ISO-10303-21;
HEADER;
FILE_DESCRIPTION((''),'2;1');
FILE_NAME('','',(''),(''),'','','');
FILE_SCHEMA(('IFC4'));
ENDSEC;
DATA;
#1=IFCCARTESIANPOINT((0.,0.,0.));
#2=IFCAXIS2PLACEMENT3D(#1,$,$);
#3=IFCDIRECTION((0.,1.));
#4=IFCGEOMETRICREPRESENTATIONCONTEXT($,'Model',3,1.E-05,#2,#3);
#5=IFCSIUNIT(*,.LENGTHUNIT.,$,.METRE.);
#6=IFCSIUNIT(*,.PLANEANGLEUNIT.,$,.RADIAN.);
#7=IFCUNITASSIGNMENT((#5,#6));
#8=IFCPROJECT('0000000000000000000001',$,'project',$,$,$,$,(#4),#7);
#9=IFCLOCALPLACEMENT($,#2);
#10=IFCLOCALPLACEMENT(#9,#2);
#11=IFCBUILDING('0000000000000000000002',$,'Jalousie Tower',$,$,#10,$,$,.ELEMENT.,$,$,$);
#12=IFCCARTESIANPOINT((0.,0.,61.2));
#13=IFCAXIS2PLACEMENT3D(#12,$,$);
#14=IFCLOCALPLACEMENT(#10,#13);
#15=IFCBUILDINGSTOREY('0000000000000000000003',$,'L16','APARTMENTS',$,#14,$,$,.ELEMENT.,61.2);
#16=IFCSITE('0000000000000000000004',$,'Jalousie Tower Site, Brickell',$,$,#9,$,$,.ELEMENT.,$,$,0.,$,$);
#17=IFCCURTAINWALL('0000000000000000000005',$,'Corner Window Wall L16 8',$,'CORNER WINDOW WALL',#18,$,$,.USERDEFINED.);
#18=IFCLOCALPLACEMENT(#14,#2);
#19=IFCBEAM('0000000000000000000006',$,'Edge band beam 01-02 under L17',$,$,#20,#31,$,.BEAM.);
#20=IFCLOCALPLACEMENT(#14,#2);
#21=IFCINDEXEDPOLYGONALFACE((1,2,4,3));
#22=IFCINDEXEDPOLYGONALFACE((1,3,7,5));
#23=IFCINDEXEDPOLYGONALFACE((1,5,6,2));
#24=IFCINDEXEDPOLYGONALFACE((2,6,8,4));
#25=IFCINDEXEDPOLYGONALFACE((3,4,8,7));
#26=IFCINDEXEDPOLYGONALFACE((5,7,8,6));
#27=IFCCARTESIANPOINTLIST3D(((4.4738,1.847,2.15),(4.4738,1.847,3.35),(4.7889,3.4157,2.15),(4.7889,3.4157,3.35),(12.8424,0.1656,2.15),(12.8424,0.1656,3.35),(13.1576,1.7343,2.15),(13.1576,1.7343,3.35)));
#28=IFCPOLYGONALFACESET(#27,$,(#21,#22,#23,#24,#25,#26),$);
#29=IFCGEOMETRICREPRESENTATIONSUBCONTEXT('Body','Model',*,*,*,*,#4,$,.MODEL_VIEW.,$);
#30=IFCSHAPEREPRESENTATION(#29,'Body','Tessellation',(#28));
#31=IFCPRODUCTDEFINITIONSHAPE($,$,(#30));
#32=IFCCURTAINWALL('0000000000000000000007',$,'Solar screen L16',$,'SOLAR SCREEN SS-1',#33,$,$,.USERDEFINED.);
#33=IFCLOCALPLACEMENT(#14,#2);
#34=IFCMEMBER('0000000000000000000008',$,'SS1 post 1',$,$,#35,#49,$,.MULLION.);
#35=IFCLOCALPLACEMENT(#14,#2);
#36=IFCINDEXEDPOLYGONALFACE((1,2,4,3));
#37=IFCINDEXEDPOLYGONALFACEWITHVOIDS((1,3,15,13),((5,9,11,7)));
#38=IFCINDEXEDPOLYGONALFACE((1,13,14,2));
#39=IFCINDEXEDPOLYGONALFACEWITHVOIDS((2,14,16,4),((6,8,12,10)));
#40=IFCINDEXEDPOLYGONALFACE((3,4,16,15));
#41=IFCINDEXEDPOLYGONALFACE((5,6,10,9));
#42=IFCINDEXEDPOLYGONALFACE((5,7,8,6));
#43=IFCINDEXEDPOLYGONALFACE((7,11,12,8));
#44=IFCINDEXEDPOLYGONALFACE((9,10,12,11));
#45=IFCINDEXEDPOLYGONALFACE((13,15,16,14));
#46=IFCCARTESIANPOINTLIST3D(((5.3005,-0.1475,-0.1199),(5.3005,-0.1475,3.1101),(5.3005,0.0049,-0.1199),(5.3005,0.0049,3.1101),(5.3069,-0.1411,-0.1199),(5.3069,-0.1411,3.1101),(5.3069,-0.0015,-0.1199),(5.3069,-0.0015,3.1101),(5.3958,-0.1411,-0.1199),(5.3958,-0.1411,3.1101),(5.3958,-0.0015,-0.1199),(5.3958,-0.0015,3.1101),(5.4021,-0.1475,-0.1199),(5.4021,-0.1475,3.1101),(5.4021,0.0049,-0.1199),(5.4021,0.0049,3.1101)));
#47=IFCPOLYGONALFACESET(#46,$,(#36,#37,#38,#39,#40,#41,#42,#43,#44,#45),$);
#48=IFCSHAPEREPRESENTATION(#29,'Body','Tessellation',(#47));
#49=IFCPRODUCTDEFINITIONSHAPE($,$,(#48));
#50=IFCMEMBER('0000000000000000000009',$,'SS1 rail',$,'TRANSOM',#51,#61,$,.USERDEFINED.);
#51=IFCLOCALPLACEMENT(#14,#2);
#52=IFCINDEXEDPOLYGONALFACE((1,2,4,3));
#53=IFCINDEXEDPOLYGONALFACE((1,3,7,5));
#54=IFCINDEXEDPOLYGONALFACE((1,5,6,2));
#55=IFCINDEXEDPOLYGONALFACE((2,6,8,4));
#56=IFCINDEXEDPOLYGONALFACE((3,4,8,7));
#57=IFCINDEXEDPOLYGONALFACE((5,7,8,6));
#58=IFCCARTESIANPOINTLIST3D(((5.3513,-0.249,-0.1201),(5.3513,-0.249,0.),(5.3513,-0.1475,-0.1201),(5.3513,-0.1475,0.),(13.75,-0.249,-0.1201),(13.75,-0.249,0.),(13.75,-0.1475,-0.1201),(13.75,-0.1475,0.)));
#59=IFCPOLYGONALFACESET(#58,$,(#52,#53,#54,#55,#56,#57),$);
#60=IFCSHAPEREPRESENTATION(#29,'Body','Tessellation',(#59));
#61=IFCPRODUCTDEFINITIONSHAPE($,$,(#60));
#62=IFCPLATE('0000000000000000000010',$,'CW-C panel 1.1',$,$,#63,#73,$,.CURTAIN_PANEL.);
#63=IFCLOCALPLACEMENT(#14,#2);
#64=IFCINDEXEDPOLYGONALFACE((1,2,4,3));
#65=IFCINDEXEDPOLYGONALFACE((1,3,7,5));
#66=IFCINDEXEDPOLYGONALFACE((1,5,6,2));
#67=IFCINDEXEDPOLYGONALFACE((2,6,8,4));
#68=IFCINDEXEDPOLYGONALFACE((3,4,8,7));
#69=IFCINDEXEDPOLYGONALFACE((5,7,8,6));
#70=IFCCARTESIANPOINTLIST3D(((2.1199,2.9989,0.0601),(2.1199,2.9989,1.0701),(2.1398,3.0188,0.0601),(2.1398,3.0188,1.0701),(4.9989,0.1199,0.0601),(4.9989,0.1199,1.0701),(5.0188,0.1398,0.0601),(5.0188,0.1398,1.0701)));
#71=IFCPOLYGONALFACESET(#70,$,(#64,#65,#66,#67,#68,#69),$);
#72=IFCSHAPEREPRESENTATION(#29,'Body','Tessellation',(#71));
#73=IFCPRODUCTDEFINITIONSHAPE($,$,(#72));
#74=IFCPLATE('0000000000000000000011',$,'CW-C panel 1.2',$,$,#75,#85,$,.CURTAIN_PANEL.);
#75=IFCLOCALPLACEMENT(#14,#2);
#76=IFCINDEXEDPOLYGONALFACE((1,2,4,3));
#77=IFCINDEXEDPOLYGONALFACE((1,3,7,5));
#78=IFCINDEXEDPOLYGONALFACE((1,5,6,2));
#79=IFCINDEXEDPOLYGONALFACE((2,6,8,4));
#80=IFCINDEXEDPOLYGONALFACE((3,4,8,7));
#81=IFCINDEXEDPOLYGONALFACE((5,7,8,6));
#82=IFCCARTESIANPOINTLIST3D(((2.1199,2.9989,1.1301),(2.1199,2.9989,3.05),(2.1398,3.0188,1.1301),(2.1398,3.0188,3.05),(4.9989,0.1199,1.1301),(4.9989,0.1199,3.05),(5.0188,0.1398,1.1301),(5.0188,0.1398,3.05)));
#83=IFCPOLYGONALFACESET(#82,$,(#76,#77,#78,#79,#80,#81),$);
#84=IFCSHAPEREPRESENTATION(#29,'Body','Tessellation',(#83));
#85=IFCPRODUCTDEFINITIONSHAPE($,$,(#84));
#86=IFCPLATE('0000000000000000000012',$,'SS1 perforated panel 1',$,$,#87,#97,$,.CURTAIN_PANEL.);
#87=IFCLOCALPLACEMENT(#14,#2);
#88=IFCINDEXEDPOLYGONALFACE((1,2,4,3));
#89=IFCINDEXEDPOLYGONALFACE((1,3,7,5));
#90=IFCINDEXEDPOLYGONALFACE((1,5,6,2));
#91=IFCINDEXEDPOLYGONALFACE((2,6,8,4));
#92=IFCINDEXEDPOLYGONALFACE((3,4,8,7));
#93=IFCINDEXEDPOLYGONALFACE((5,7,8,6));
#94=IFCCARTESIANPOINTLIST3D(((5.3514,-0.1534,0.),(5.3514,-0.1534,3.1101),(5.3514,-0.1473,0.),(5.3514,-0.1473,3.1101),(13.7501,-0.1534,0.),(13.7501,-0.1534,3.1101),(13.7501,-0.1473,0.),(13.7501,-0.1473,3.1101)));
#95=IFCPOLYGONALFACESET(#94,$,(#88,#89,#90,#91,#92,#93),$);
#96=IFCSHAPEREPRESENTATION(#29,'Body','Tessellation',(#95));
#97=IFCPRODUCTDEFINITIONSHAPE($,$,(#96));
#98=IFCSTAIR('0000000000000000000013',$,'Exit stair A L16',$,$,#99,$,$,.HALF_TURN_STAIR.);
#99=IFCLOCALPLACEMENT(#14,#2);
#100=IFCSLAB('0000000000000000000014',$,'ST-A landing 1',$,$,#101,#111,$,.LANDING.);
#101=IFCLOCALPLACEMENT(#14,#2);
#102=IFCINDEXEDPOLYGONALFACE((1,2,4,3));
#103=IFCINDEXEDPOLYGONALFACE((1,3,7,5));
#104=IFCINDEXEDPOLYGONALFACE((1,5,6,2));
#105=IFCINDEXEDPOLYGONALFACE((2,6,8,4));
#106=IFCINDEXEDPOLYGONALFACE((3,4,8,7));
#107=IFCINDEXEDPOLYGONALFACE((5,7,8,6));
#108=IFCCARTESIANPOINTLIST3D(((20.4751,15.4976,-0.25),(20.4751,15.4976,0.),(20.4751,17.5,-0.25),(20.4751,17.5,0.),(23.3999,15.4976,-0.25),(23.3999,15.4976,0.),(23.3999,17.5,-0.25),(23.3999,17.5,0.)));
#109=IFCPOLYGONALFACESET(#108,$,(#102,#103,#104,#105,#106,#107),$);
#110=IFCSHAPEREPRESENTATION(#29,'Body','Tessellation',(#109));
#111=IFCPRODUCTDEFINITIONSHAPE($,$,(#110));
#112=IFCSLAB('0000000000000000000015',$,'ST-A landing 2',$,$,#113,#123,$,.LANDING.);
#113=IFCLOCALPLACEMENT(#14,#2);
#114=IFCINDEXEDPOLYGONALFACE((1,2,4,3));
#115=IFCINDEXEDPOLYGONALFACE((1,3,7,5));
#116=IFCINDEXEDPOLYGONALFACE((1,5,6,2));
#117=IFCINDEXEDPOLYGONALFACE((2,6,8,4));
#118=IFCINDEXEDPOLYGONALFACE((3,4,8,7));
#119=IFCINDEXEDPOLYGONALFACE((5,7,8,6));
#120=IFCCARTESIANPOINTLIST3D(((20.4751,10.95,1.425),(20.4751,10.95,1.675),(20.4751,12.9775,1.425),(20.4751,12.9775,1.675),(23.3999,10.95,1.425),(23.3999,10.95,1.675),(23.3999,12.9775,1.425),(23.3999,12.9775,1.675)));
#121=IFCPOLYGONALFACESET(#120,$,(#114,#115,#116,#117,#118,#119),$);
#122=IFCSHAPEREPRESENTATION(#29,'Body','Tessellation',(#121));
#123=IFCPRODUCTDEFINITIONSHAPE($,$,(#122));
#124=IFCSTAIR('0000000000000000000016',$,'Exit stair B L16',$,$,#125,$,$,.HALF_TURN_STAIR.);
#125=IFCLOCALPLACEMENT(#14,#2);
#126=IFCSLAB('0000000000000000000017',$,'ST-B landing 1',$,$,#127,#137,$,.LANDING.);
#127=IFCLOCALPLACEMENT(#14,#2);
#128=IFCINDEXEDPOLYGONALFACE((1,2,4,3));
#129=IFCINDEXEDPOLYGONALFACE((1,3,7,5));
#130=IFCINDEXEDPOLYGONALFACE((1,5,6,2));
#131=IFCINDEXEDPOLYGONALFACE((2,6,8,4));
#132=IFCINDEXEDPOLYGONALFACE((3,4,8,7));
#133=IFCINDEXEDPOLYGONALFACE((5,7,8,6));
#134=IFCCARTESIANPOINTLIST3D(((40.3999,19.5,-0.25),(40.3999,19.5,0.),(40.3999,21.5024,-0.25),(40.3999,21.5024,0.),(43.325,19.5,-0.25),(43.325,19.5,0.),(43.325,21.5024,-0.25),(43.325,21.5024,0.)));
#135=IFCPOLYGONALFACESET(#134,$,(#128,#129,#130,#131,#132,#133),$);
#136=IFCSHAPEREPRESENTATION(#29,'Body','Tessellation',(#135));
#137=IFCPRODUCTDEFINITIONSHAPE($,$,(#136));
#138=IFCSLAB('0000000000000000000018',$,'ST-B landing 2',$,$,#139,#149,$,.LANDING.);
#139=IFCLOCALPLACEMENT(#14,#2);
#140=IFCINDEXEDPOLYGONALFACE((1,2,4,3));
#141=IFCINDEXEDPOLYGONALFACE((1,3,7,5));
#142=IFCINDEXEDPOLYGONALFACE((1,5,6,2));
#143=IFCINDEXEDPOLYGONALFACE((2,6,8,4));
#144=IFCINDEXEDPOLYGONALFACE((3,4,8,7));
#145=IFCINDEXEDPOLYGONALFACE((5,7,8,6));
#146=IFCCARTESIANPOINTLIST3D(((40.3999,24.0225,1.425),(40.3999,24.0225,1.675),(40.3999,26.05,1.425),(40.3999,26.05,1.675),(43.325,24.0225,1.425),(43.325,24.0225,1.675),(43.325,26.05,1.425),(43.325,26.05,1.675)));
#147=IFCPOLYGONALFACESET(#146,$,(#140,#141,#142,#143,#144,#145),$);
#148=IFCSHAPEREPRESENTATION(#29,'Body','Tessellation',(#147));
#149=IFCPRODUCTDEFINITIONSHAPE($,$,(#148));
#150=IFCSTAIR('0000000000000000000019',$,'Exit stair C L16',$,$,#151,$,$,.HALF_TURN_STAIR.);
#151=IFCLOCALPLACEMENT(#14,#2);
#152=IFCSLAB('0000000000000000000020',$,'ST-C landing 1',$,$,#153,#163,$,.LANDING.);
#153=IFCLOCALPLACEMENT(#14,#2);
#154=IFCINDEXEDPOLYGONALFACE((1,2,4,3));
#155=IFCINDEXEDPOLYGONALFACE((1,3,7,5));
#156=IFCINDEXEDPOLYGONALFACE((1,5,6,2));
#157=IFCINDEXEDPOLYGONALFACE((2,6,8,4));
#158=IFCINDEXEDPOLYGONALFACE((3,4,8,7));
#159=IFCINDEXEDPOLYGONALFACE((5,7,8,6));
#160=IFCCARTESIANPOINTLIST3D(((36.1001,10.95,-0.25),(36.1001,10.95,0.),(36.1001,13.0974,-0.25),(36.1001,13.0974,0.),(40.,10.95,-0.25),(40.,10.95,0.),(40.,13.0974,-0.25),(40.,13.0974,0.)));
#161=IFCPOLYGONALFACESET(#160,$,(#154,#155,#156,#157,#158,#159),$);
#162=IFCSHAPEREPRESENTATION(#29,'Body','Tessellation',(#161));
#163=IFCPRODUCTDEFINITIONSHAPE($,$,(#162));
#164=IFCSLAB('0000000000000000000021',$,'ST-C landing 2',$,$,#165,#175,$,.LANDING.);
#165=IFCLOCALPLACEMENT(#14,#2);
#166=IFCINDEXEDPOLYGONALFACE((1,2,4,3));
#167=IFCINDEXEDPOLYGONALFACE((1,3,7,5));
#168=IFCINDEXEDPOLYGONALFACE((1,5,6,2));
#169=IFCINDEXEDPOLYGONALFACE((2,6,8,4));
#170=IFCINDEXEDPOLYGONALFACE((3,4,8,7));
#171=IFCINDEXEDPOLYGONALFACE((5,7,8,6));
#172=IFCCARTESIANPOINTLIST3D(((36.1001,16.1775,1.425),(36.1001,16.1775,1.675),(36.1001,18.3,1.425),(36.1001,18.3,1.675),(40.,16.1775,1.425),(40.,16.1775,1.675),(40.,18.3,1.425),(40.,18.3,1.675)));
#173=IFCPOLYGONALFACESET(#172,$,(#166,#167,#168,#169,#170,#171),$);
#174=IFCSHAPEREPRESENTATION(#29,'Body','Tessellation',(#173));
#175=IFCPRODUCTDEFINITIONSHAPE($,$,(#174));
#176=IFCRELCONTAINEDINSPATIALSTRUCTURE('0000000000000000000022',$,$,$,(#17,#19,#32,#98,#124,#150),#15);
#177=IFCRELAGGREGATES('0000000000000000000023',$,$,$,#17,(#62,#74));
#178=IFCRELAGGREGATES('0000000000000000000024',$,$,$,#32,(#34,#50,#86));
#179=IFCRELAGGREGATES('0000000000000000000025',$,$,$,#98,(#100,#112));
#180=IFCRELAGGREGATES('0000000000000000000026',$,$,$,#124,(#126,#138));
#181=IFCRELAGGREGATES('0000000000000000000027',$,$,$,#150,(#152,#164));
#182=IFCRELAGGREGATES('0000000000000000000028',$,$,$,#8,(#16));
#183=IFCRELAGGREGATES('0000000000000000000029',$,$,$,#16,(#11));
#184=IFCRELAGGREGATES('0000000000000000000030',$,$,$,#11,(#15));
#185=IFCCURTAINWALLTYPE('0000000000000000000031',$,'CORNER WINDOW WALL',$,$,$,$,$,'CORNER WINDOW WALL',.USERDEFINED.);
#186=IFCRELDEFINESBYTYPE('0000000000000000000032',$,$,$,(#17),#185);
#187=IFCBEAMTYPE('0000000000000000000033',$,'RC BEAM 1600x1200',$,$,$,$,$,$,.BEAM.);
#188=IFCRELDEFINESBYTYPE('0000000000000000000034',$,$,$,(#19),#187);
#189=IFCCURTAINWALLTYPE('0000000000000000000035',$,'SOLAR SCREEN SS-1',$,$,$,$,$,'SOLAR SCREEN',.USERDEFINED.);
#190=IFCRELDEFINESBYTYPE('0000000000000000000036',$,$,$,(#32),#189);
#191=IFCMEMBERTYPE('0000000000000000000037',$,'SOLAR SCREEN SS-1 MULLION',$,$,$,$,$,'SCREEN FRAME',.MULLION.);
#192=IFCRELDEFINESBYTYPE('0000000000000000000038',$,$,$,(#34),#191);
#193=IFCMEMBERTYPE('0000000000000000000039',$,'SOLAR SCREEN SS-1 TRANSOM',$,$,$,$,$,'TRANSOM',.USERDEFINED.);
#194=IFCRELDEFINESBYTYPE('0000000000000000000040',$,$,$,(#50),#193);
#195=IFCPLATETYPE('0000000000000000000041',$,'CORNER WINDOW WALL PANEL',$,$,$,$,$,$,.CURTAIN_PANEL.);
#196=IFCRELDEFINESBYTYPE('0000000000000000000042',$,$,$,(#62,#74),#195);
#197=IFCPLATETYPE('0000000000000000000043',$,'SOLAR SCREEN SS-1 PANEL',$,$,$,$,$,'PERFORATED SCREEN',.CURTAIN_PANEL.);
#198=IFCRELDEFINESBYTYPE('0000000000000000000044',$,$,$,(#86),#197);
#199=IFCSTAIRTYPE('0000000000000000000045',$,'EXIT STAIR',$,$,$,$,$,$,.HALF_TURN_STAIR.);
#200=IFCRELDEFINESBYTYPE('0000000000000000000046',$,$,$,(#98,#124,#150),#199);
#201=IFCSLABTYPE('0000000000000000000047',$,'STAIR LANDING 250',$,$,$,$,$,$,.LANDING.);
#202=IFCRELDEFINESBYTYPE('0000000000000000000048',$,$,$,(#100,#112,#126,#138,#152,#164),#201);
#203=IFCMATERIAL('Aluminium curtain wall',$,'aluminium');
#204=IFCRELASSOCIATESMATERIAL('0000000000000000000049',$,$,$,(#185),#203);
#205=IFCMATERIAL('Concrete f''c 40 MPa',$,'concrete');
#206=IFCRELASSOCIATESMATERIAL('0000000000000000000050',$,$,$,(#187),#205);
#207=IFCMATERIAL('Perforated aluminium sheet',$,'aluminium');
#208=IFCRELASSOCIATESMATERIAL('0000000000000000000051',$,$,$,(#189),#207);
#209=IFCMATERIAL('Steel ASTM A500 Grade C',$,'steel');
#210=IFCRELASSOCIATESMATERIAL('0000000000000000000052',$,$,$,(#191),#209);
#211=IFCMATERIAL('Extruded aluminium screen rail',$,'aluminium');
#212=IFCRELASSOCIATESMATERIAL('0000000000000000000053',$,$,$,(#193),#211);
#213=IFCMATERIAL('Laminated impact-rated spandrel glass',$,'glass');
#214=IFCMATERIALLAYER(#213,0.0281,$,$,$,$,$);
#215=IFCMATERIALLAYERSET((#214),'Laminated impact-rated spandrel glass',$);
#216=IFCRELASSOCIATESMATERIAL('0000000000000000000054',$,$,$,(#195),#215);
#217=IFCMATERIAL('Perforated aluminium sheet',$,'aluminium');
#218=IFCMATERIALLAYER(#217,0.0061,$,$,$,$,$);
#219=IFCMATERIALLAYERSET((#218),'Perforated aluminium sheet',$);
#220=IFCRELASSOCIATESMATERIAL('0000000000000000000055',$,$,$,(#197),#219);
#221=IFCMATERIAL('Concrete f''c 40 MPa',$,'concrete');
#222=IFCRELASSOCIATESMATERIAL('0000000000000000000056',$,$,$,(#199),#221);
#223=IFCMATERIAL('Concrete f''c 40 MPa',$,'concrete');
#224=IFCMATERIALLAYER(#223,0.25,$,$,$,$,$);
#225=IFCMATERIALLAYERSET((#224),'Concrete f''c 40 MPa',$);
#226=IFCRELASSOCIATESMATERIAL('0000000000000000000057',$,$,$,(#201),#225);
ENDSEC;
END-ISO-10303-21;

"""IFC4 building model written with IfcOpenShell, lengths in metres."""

from ifc_helpers import new_model, si_unit, direction, frame, origin, origin_2d, place, context, subcontext, project, spatial, polyline, rectangle, hollow_rectangle, outline, extrude, material, layer, layer_set, material_profile, profile_set, type_object, element, aggregate, save


model = new_model("IFC4")

# Units and contexts
model_context = context("Model", 3, precision=1e-05, world=origin(), true_north=direction((0.0, 1.0)))
body_context = subcontext(model_context, "Body", "Model", "MODEL_VIEW")
ifc_project = project(units=[si_unit("LENGTHUNIT", "METRE"), si_unit("PLANEANGLEUNIT", "RADIAN")], contexts=[model_context])

# Site, building, storey
site_placement = place(None, origin())
site = spatial("IfcSite", under=ifc_project, at=site_placement, Name="Jalousie Tower Site, Brickell", CompositionType="ELEMENT", RefElevation=0.0)
building_placement = place(site_placement, origin())
building = spatial("IfcBuilding", under=site, at=building_placement, Name="Jalousie Tower", CompositionType="ELEMENT")
storey_placement = place(building_placement, frame((0.0, 0.0, 61.2)))
storey = spatial("IfcBuildingStorey", under=building, at=storey_placement, Name="L16", Description="APARTMENTS", CompositionType="ELEMENT", Elevation=61.2)

# Curtain wall
ifc_material_1 = material(Name="Aluminium curtain wall", Category="aluminium")
curtain_wall_type_1 = type_object("IfcCurtainWallType", Name="CORNER WINDOW WALL", ElementType="CORNER WINDOW WALL", PredefinedType="USERDEFINED", material=ifc_material_1)
curtain_wall_1_placement = place(storey_placement, origin())
curtain_wall_1 = element("IfcCurtainWall", 1, at=curtain_wall_1_placement, inside=storey, type_object=curtain_wall_type_1, Name="Corner Window Wall L16 8", ObjectType="CORNER WINDOW WALL", PredefinedType="USERDEFINED")

# Beam
ifc_material_2 = material(Name="Concrete f'c 40 MPa", Category="concrete")
ifc_material_profile_1 = material_profile(ifc_material_2, rectangle(XDim=1.6001, YDim=1.2, at=origin_2d()), Name="RC 1600x1200")
ifc_profile_set_1 = profile_set([ifc_material_profile_1], Name="Concrete f'c 40 MPa")
beam_type_1 = type_object("IfcBeamType", Name="RC BEAM 1600x1200", PredefinedType="BEAM", material=ifc_profile_set_1)
beam_1_placement = place(storey_placement, frame((4.6313, 2.6313, 2.75), z_axis=(0.980408, -0.19698, 0.0), x_axis=(0.19698, 0.980408, 0.0)))
element("IfcBeam", 2, at=beam_1_placement, inside=storey, type_object=beam_type_1, Name="Edge band beam 01-02 under L17", PredefinedType="BEAM", context=body_context, shape_type="SweptSolid", body=[
    extrude(rectangle(XDim=1.6001, YDim=1.2, at=origin_2d()), origin(), (0.0, 0.0, 1.0), 8.5359),
])

# Curtain wall, members
ifc_material_3 = material(Name="Perforated aluminium sheet", Category="aluminium")
curtain_wall_type_2 = type_object("IfcCurtainWallType", Name="SOLAR SCREEN SS-1", ElementType="SOLAR SCREEN", PredefinedType="USERDEFINED", material=ifc_material_3)
curtain_wall_2_placement = place(storey_placement, origin())
curtain_wall_2 = element("IfcCurtainWall", 3, at=curtain_wall_2_placement, inside=storey, type_object=curtain_wall_type_2, Name="Solar screen L16", ObjectType="SOLAR SCREEN SS-1", PredefinedType="USERDEFINED")
ifc_material_4 = material(Name="Steel ASTM A500 Grade C", Category="steel")
ifc_material_profile_2 = material_profile(ifc_material_4, hollow_rectangle(XDim=0.1016, YDim=0.1523, WallThickness=0.0063, at=origin_2d()), Name="HSS6X4X1/4")
ifc_profile_set_2 = profile_set([ifc_material_profile_2], Name="Steel ASTM A500 Grade C")
member_type_1 = type_object("IfcMemberType", Name="SOLAR SCREEN SS-1 MULLION", ElementType="SCREEN FRAME", PredefinedType="MULLION", material=ifc_profile_set_2)
member_1_placement = place(storey_placement, frame((5.3513, -0.0713, -0.1199), z_axis=(0.0, 0.0, 1.0), x_axis=(1.0, 0.0, 0.0)))
member_1 = element("IfcMember", 4, at=member_1_placement, type_object=member_type_1, Name="SS1 post 1", PredefinedType="MULLION", context=body_context, shape_type="SweptSolid", body=[
    extrude(hollow_rectangle(XDim=0.1016, YDim=0.1523, WallThickness=0.0063, at=origin_2d()), origin(), (0.0, 0.0, 1.0), 3.23),
])
ifc_material_5 = material(Name="Extruded aluminium screen rail", Category="aluminium")
ifc_material_profile_3 = material_profile(ifc_material_5, rectangle(XDim=0.1016, YDim=0.1201, at=origin_2d()), Name="RAIL 102x120")
ifc_profile_set_3 = profile_set([ifc_material_profile_3], Name="Extruded aluminium screen rail")
member_type_2 = type_object("IfcMemberType", Name="SOLAR SCREEN SS-1 TRANSOM", ElementType="TRANSOM", PredefinedType="USERDEFINED", material=ifc_profile_set_3)
member_2_placement = place(storey_placement, frame((5.3513, -0.1982, -0.0601), z_axis=(1.0, 0.0, 0.0), x_axis=(0.0, 1.0, 0.0)))
member_2 = element("IfcMember", 5, at=member_2_placement, type_object=member_type_2, Name="SS1 rail", ObjectType="TRANSOM", PredefinedType="USERDEFINED", context=body_context, shape_type="SweptSolid", body=[
    extrude(rectangle(XDim=0.1016, YDim=0.1201, at=origin_2d()), origin(), (0.0, 0.0, 1.0), 8.3987),
])

# Plates
ifc_material_6 = material(Name="Laminated impact-rated spandrel glass", Category="glass")
ifc_layer_1 = layer(ifc_material_6, 0.0281)
ifc_layer_set_1 = layer_set([ifc_layer_1], Name="Laminated impact-rated spandrel glass")
plate_type_1 = type_object("IfcPlateType", Name="CORNER WINDOW WALL PANEL", PredefinedType="CURTAIN_PANEL", material=ifc_layer_set_1)
plate_1_placement = place(storey_placement, frame((3.5693, 1.5693, 0.0601), z_axis=(0.0, 0.0, 1.0), x_axis=(0.707107, -0.707107, 0.0)))
plate_1 = element("IfcPlate", 6, at=plate_1_placement, type_object=plate_type_1, Name="CW-C panel 1.1", PredefinedType="CURTAIN_PANEL", context=body_context, shape_type="SweptSolid", body=[
    extrude(rectangle(XDim=4.0715, YDim=0.0281, at=origin_2d()), origin(), (0.0, 0.0, 1.0), 1.01),
])
plate_2_placement = place(storey_placement, frame((3.5693, 1.5693, 1.1301), z_axis=(0.0, 0.0, 1.0), x_axis=(0.707107, -0.707107, 0.0)))
plate_2 = element("IfcPlate", 7, at=plate_2_placement, type_object=plate_type_1, Name="CW-C panel 1.2", PredefinedType="CURTAIN_PANEL", context=body_context, shape_type="SweptSolid", body=[
    extrude(rectangle(XDim=4.0715, YDim=0.0281, at=origin_2d()), origin(), (0.0, 0.0, 1.0), 1.9199),
])
aggregate(curtain_wall_1, [plate_1, plate_2])

# Plate
ifc_material_7 = material(Name="Perforated aluminium sheet", Category="aluminium")
ifc_layer_2 = layer(ifc_material_7, 0.0061)
ifc_layer_set_2 = layer_set([ifc_layer_2], Name="Perforated aluminium sheet")
plate_type_2 = type_object("IfcPlateType", Name="SOLAR SCREEN SS-1 PANEL", ElementType="PERFORATED SCREEN", PredefinedType="CURTAIN_PANEL", material=ifc_layer_set_2)
plate_3_placement = place(storey_placement, frame((9.5508, -0.1504, 0.0), z_axis=(0.0, 0.0, 1.0), x_axis=(1.0, 0.0, 0.0)))
plate_3 = element("IfcPlate", 8, at=plate_3_placement, type_object=plate_type_2, Name="SS1 perforated panel 1", PredefinedType="CURTAIN_PANEL", context=body_context, shape_type="SweptSolid", body=[
    extrude(rectangle(XDim=8.3987, YDim=0.0061, at=origin_2d()), origin(), (0.0, 0.0, 1.0), 3.1101),
])
aggregate(curtain_wall_2, [member_1, member_2, plate_3])

# Stairs, slabs
ifc_material_8 = material(Name="Concrete f'c 40 MPa", Category="concrete")
stair_type = type_object("IfcStairType", Name="EXIT STAIR", PredefinedType="HALF_TURN_STAIR", material=ifc_material_8)
stair_1_placement = place(storey_placement, origin())
stair_1 = element("IfcStair", 9, at=stair_1_placement, inside=storey, type_object=stair_type, Name="Exit stair A L16", PredefinedType="HALF_TURN_STAIR")
ifc_material_9 = material(Name="Concrete f'c 40 MPa", Category="concrete")
ifc_layer_3 = layer(ifc_material_9, 0.25)
ifc_layer_set_3 = layer_set([ifc_layer_3], Name="Concrete f'c 40 MPa")
slab_type_1 = type_object("IfcSlabType", Name="STAIR LANDING 250", PredefinedType="LANDING", material=ifc_layer_set_3)
slab_1_placement = place(storey_placement, frame((0.0, 0.0, -0.25)))
slab_1 = element("IfcSlab", 10, at=slab_1_placement, type_object=slab_type_1, Name="ST-A landing 1", PredefinedType="LANDING", context=body_context, shape_type="SweptSolid", body=[
    extrude(outline(polyline([(20.4751, 15.4976), (23.3999, 15.4976), (23.3999, 17.5), (20.4751, 17.5), (20.4751, 15.4976)])), origin(), (0.0, 0.0, 1.0), 0.25),
])
slab_2_placement = place(storey_placement, frame((0.0, 0.0, 1.425)))
slab_2 = element("IfcSlab", 11, at=slab_2_placement, type_object=slab_type_1, Name="ST-A landing 2", PredefinedType="LANDING", context=body_context, shape_type="SweptSolid", body=[
    extrude(outline(polyline([(20.4751, 10.95), (23.3999, 10.95), (23.3999, 12.9775), (20.4751, 12.9775), (20.4751, 10.95)])), origin(), (0.0, 0.0, 1.0), 0.25),
])
aggregate(stair_1, [slab_1, slab_2])
stair_2_placement = place(storey_placement, origin())
stair_2 = element("IfcStair", 12, at=stair_2_placement, inside=storey, type_object=stair_type, Name="Exit stair B L16", PredefinedType="HALF_TURN_STAIR")
slab_3_placement = place(storey_placement, frame((0.0, 0.0, -0.25)))
slab_3 = element("IfcSlab", 13, at=slab_3_placement, type_object=slab_type_1, Name="ST-B landing 1", PredefinedType="LANDING", context=body_context, shape_type="SweptSolid", body=[
    extrude(outline(polyline([(40.3999, 19.5), (43.325, 19.5), (43.325, 21.5024), (40.3999, 21.5024), (40.3999, 19.5)])), origin(), (0.0, 0.0, 1.0), 0.25),
])
slab_4_placement = place(storey_placement, frame((0.0, 0.0, 1.425)))
slab_4 = element("IfcSlab", 14, at=slab_4_placement, type_object=slab_type_1, Name="ST-B landing 2", PredefinedType="LANDING", context=body_context, shape_type="SweptSolid", body=[
    extrude(outline(polyline([(40.3999, 24.0225), (43.325, 24.0225), (43.325, 26.05), (40.3999, 26.05), (40.3999, 24.0225)])), origin(), (0.0, 0.0, 1.0), 0.25),
])
aggregate(stair_2, [slab_3, slab_4])
stair_3_placement = place(storey_placement, origin())
stair_3 = element("IfcStair", 15, at=stair_3_placement, inside=storey, type_object=stair_type, Name="Exit stair C L16", PredefinedType="HALF_TURN_STAIR")
slab_5_placement = place(storey_placement, frame((0.0, 0.0, -0.25)))
slab_5 = element("IfcSlab", 16, at=slab_5_placement, type_object=slab_type_1, Name="ST-C landing 1", PredefinedType="LANDING", context=body_context, shape_type="SweptSolid", body=[
    extrude(outline(polyline([(36.1001, 10.95), (40.0, 10.95), (40.0, 13.0974), (36.1001, 13.0974), (36.1001, 10.95)])), origin(), (0.0, 0.0, 1.0), 0.25),
])
slab_6_placement = place(storey_placement, frame((0.0, 0.0, 1.425)))
slab_6 = element("IfcSlab", 17, at=slab_6_placement, type_object=slab_type_1, Name="ST-C landing 2", PredefinedType="LANDING", context=body_context, shape_type="SweptSolid", body=[
    extrude(outline(polyline([(36.1001, 16.1775), (40.0, 16.1775), (40.0, 18.3), (36.1001, 18.3), (36.1001, 16.1775)])), origin(), (0.0, 0.0, 1.0), 0.25),
])
aggregate(stair_3, [slab_5, slab_6])

save(model, "model.ifc")
